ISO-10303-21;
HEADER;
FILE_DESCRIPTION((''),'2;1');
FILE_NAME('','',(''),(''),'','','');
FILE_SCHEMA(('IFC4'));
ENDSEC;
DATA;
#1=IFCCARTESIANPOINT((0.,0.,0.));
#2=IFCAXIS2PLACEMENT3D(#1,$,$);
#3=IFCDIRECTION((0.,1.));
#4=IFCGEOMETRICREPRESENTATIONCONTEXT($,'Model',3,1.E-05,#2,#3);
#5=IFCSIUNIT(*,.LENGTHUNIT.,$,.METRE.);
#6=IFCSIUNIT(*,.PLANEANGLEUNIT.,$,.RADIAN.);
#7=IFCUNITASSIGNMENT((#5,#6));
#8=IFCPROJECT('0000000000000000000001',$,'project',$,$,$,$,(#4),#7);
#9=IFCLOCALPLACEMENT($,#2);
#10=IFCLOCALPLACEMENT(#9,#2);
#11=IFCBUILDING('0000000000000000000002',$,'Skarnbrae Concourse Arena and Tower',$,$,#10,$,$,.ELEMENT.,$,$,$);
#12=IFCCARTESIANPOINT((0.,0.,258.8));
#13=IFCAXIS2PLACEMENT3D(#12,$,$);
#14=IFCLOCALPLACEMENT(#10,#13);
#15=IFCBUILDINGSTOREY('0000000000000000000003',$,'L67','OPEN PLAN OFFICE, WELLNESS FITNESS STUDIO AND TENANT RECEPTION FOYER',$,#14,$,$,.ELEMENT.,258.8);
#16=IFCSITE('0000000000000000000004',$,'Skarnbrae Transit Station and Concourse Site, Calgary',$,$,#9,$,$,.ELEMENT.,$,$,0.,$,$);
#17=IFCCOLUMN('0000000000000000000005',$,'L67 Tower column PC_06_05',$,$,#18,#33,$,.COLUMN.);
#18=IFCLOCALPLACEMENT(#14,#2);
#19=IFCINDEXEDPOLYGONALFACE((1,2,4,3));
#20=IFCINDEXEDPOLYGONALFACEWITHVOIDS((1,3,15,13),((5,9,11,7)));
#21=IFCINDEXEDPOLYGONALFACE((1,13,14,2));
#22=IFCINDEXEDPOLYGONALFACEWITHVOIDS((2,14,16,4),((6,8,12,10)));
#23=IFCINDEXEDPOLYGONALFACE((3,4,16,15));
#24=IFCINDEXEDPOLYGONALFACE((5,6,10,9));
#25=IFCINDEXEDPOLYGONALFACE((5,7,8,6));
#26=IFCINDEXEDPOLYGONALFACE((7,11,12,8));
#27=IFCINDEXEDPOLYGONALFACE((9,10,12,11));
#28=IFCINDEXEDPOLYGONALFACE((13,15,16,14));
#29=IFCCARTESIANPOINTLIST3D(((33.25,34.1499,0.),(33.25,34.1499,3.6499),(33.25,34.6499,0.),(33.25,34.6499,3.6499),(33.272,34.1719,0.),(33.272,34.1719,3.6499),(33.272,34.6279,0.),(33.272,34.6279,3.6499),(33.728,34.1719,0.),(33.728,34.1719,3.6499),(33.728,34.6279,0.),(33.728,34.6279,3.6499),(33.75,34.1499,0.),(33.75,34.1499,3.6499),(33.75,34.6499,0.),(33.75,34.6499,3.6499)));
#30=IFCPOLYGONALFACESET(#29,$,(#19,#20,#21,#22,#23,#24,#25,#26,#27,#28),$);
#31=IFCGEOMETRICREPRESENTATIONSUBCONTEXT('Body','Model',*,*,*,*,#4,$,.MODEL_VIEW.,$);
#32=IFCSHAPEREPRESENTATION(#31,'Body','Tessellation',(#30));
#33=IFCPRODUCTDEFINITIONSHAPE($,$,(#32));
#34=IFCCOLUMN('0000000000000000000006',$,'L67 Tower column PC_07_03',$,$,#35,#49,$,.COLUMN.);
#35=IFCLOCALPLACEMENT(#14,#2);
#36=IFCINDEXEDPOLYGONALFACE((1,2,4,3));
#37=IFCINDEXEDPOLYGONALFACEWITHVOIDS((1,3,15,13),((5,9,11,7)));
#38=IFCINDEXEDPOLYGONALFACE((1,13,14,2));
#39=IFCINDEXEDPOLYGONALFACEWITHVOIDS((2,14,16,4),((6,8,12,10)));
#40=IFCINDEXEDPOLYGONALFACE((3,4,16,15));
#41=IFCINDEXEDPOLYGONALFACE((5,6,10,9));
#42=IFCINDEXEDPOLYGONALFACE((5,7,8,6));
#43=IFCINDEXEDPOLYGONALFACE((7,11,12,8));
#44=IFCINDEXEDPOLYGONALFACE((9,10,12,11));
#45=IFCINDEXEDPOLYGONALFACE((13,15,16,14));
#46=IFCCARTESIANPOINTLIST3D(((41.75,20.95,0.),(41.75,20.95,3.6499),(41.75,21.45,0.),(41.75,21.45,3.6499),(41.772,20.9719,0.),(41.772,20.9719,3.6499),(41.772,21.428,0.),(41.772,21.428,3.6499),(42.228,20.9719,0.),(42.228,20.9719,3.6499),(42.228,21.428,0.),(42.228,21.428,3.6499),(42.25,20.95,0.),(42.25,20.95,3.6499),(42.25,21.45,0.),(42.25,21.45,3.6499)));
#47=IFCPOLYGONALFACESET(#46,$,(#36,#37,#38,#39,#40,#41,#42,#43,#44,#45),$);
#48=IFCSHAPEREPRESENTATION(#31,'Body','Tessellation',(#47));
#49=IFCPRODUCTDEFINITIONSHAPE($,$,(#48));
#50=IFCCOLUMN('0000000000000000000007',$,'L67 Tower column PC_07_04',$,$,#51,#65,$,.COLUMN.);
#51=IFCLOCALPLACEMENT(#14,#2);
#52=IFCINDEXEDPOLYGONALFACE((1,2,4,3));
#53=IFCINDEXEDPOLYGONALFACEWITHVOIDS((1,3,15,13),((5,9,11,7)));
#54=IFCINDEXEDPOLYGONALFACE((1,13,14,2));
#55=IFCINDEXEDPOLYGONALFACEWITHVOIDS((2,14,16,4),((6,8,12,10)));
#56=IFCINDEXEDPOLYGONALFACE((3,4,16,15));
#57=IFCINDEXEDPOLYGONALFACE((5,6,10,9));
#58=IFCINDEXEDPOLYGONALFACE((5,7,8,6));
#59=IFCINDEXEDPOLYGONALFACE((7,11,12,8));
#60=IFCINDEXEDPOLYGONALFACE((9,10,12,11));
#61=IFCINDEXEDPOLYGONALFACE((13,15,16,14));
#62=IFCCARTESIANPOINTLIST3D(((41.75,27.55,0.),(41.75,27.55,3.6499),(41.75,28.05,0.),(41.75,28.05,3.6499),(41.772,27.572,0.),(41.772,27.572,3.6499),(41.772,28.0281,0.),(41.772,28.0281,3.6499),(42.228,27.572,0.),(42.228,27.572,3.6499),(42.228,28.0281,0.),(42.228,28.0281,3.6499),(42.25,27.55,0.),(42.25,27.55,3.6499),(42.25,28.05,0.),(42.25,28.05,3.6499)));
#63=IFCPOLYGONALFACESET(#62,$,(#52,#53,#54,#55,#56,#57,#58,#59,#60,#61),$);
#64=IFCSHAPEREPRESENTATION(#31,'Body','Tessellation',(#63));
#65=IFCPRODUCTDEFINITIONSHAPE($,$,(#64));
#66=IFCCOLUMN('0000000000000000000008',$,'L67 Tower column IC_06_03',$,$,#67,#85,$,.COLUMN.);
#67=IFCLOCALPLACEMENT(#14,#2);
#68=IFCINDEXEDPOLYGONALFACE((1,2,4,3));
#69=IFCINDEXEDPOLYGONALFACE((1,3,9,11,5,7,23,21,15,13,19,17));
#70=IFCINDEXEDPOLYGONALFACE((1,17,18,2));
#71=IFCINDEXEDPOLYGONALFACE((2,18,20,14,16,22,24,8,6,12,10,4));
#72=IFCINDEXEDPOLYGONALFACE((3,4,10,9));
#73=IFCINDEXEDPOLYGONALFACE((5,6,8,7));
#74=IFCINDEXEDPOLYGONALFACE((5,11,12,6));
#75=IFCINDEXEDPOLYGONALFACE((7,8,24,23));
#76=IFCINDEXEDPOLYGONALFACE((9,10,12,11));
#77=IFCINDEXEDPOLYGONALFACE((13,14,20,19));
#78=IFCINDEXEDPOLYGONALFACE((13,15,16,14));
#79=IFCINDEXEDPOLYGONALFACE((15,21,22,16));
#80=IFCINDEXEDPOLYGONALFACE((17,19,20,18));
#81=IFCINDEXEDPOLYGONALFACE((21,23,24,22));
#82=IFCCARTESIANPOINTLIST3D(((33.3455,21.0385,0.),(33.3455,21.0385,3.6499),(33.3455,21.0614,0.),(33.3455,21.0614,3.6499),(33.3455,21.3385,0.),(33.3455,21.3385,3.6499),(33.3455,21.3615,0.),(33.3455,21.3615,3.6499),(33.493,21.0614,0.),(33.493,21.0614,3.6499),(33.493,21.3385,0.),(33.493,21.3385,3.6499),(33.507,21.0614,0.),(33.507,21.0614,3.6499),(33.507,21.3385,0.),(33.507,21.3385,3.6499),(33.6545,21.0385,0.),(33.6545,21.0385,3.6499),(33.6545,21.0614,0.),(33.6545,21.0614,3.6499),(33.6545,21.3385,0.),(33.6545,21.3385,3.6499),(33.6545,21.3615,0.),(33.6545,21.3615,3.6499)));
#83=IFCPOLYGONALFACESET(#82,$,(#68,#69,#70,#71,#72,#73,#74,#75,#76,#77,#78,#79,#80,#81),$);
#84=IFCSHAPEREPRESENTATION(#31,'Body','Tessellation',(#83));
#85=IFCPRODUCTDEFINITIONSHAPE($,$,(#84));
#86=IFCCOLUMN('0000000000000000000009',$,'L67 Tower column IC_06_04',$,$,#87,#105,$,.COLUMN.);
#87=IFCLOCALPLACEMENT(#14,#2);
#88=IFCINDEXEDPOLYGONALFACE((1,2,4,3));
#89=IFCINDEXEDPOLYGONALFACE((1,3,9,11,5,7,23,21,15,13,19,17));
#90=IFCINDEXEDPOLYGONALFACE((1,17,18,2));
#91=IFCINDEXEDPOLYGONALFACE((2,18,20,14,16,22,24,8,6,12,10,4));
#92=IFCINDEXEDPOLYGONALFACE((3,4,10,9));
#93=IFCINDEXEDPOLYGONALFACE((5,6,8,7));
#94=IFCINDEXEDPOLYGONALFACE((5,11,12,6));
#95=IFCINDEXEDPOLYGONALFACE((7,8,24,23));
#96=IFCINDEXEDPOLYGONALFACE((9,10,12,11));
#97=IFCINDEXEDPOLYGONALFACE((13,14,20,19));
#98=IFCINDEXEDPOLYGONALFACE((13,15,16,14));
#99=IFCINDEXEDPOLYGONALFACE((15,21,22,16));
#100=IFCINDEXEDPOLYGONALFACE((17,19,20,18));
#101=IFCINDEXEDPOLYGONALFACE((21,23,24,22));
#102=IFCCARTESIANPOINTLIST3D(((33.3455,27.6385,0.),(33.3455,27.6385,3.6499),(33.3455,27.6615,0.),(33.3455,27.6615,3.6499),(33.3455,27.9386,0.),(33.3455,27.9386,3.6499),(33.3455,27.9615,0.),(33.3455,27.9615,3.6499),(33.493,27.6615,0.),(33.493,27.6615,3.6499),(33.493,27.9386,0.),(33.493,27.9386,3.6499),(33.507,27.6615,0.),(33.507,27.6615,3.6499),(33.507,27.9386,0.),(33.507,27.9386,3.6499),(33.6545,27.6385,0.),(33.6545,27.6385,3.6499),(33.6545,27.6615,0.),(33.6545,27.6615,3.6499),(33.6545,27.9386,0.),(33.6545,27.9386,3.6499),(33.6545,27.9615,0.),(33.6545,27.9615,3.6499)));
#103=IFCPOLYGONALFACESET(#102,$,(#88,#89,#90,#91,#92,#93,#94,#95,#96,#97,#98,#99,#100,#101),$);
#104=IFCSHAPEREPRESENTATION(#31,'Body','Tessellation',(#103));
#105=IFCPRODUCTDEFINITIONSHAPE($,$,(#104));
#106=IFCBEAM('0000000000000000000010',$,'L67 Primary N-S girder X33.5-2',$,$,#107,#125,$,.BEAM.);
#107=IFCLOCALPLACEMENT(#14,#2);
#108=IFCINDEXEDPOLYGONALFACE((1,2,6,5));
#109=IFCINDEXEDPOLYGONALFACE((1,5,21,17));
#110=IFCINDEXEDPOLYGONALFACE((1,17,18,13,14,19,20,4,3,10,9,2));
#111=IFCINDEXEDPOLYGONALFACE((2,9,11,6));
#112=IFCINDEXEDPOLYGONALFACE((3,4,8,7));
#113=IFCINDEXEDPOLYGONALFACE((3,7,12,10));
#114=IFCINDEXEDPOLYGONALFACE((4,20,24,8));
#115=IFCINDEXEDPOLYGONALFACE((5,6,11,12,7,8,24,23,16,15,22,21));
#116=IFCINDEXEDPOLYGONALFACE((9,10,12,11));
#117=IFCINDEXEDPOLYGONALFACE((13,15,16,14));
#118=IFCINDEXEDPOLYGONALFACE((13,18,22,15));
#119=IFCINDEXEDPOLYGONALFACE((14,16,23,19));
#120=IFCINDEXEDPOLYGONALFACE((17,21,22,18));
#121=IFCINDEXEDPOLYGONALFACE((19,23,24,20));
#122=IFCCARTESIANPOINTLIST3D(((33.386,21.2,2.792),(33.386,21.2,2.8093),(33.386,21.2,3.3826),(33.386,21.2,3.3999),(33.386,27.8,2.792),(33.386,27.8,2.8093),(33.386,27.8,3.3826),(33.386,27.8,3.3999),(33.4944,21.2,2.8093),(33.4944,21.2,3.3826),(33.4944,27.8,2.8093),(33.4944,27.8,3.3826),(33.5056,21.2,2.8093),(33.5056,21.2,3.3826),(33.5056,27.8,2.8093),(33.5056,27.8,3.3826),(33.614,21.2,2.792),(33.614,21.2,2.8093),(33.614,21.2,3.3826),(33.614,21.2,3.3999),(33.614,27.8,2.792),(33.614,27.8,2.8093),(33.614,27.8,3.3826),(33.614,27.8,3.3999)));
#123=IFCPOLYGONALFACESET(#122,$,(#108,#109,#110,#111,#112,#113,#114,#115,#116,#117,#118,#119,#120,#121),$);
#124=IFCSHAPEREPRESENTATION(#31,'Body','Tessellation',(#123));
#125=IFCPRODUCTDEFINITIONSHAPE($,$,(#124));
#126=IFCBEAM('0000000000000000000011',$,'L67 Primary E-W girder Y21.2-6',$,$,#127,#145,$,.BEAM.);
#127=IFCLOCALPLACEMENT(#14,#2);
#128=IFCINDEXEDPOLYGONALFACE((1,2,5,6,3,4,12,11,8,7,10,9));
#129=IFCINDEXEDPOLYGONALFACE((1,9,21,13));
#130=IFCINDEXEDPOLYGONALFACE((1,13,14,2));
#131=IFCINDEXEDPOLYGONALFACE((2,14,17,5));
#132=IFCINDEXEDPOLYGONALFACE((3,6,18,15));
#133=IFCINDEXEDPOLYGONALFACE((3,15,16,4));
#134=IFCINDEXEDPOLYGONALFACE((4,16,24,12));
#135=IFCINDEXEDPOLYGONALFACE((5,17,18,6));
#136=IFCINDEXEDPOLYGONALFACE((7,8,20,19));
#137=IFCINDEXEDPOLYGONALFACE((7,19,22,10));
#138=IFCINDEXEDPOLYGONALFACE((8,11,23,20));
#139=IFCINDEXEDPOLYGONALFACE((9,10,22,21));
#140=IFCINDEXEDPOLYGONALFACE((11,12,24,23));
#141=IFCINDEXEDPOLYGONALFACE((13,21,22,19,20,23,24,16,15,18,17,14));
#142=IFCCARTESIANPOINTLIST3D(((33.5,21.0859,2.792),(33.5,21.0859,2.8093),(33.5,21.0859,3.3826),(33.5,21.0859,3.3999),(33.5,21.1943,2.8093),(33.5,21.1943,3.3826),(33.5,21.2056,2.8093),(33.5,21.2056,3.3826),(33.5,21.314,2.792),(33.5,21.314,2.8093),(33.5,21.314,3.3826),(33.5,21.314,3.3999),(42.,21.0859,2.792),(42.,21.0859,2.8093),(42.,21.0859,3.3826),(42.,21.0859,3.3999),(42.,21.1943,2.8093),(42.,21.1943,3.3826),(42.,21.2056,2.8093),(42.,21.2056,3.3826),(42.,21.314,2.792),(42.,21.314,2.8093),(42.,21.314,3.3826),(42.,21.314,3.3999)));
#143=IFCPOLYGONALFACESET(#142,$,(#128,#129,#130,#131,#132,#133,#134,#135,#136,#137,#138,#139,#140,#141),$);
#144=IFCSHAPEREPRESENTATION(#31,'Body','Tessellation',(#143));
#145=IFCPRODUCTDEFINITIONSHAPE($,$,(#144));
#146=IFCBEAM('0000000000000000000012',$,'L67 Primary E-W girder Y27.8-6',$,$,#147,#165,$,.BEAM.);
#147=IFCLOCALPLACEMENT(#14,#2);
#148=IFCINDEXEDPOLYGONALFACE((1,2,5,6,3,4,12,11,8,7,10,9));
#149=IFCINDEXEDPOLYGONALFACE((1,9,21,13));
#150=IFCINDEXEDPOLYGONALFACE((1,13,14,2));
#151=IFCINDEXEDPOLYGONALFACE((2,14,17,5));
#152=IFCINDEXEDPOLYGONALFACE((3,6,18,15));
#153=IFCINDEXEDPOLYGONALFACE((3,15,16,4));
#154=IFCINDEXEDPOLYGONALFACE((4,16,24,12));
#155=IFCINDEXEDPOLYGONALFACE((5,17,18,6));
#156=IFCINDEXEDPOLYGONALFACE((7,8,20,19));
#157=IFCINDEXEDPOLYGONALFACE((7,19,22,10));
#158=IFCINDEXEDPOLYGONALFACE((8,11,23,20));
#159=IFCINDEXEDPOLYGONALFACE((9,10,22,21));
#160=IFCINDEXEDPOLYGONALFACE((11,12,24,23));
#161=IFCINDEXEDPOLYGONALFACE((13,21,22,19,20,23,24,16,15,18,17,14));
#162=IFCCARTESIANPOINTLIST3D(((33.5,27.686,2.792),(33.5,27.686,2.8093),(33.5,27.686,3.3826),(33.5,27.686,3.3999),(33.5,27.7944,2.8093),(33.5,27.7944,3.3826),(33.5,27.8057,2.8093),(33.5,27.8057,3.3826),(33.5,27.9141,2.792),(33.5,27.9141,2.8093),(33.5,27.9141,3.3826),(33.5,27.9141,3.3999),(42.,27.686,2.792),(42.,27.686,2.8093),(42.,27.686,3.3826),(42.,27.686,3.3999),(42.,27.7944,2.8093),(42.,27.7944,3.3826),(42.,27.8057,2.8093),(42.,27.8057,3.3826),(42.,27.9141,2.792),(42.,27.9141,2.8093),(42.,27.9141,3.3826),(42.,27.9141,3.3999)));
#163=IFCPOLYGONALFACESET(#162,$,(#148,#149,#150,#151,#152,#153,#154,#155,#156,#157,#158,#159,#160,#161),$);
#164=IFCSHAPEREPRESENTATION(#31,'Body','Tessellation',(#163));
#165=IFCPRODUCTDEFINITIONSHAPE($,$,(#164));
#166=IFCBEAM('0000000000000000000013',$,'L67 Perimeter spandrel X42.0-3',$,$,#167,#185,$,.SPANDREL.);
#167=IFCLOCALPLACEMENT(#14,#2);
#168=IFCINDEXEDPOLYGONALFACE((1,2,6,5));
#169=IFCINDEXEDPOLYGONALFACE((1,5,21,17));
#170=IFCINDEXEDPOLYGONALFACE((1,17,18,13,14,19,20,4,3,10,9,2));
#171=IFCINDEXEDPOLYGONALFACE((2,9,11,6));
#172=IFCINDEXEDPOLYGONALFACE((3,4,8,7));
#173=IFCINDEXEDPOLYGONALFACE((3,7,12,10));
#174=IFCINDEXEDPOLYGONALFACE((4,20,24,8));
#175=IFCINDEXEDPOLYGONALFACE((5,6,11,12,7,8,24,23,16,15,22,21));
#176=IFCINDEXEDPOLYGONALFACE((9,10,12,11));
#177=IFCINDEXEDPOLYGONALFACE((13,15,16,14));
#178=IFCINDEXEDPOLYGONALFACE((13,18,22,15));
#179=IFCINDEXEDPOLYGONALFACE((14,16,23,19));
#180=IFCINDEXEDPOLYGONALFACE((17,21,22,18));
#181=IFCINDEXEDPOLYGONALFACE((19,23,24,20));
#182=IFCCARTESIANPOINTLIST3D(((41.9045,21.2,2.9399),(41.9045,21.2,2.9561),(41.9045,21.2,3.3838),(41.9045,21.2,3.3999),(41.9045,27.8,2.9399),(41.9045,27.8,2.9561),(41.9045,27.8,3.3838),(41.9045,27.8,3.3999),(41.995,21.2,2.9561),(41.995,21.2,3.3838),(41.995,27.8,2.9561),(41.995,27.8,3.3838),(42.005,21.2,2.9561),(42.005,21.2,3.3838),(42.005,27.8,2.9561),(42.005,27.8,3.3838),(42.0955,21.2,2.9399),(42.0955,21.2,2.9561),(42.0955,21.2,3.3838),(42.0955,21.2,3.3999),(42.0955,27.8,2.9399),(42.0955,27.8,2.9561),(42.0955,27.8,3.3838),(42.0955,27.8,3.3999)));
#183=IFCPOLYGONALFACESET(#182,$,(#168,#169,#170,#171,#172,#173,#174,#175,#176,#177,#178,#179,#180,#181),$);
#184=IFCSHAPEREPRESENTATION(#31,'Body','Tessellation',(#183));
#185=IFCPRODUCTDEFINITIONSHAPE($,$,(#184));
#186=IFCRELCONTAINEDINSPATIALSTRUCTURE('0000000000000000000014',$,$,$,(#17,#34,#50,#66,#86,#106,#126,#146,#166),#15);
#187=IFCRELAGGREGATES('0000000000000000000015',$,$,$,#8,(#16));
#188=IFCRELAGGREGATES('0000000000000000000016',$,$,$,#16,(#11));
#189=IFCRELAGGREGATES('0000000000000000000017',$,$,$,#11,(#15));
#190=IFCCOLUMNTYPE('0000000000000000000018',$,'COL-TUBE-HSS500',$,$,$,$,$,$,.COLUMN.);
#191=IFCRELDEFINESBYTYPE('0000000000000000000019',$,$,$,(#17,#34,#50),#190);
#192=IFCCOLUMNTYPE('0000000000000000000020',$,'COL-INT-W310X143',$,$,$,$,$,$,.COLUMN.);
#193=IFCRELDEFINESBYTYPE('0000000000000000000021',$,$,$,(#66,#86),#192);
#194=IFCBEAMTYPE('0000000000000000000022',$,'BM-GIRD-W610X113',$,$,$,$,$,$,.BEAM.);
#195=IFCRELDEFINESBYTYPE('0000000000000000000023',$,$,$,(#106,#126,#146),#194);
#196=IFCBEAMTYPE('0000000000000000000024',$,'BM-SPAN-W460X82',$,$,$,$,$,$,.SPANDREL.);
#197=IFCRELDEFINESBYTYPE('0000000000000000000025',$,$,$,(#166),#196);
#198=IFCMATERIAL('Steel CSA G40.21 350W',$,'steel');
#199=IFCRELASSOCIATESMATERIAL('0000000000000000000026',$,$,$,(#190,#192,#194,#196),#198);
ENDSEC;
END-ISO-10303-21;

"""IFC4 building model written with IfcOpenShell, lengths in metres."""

from ifc_helpers import new_model, si_unit, direction, frame, origin, origin_2d, place, context, subcontext, project, spatial, hollow_rectangle, i_section, extrude, source, transform, mapped, material, material_profile, profile_set, type_object, element, save


model = new_model("IFC4")

# Units and contexts
model_context = context("Model", 3, precision=1e-05, world=origin(), true_north=direction((0.0, 1.0)))
body_context = subcontext(model_context, "Body", "Model", "MODEL_VIEW")
ifc_project = project(units=[si_unit("LENGTHUNIT", "METRE"), si_unit("PLANEANGLEUNIT", "RADIAN")], contexts=[model_context])

# Site, building, storey
site_placement = place(None, origin())
site = spatial("IfcSite", under=ifc_project, at=site_placement, Name="Skarnbrae Transit Station and Concourse Site, Calgary", CompositionType="ELEMENT", RefElevation=0.0)
building_placement = place(site_placement, origin())
building = spatial("IfcBuilding", under=site, at=building_placement, Name="Skarnbrae Concourse Arena and Tower", CompositionType="ELEMENT")
storey_placement = place(building_placement, frame((0.0, 0.0, 258.8)))
storey = spatial("IfcBuildingStorey", under=building, at=storey_placement, Name="L67", Description="OPEN PLAN OFFICE, WELLNESS FITNESS STUDIO AND TENANT RECEPTION FOYER", CompositionType="ELEMENT", Elevation=258.8)

# Columns
ifc_material_1 = material(Name="Steel CSA G40.21 350W", Category="steel")
ifc_material_profile_1 = material_profile(ifc_material_1, hollow_rectangle(XDim=0.5, YDim=0.5, WallThickness=0.022, at=origin_2d()), Name="HSS500X500X22.0")
ifc_profile_set_1 = profile_set([ifc_material_profile_1], Name="Steel CSA G40.21 350W")
column_type_1 = type_object("IfcColumnType", Name="COL-TUBE-HSS500", PredefinedType="COLUMN", material=ifc_profile_set_1)
shared_shape_1 = source(origin(), body_context, "Body", "SweptSolid", [
    extrude(hollow_rectangle(XDim=0.5, YDim=0.5, WallThickness=0.022, at=origin_2d()), origin(), (0.0, 0.0, 1.0), 3.6499),
])
for number, where, z_axis, x_axis, name in (
    (1, (33.5, 34.3999, 0.0), (0.0, 0.0, 1.0), (1.0, 0.0, 0.0), "L67 Tower column PC_06_05"),
    (2, (42.0, 21.2, 0.0), (0.0, 0.0, 1.0), (1.0, 0.0, 0.0), "L67 Tower column PC_07_03"),
    (3, (42.0, 27.8, 0.0), (0.0, 0.0, 1.0), (1.0, 0.0, 0.0), "L67 Tower column PC_07_04"),
):
    element("IfcColumn", number, at=place(storey_placement, frame(where, z_axis=z_axis, x_axis=x_axis)), inside=storey, type_object=column_type_1, Name=name, PredefinedType="COLUMN", context=body_context, shape_type="MappedRepresentation", body=[
        mapped(shared_shape_1, transform((0.0, 0.0, 0.0))),
    ])
ifc_material_profile_2 = material_profile(ifc_material_1, i_section(OverallWidth=0.3091, OverallDepth=0.323, WebThickness=0.0139, FlangeThickness=0.0229, at=origin_2d()), Name="W310X143")
ifc_profile_set_2 = profile_set([ifc_material_profile_2], Name="Steel CSA G40.21 350W")
column_type_2 = type_object("IfcColumnType", Name="COL-INT-W310X143", PredefinedType="COLUMN", material=ifc_profile_set_2)
shared_shape_2 = source(origin(), body_context, "Body", "SweptSolid", [
    extrude(i_section(OverallWidth=0.3091, OverallDepth=0.323, WebThickness=0.0139, FlangeThickness=0.0229, at=origin_2d()), origin(), (0.0, 0.0, 1.0), 3.6499),
])
for number, where, z_axis, x_axis, name in (
    (4, (33.5, 21.2, 0.0), (0.0, 0.0, 1.0), (1.0, 0.0, 0.0), "L67 Tower column IC_06_03"),
    (5, (33.5, 27.8, 0.0), (0.0, 0.0, 1.0), (1.0, 0.0, 0.0), "L67 Tower column IC_06_04"),
):
    element("IfcColumn", number, at=place(storey_placement, frame(where, z_axis=z_axis, x_axis=x_axis)), inside=storey, type_object=column_type_2, Name=name, PredefinedType="COLUMN", context=body_context, shape_type="MappedRepresentation", body=[
        mapped(shared_shape_2, transform((0.0, 0.0, 0.0))),
    ])

# Beams
ifc_material_profile_3 = material_profile(ifc_material_1, i_section(OverallWidth=0.228, OverallDepth=0.6079, WebThickness=0.0112, FlangeThickness=0.0173, at=origin_2d()), Name="W610X113")
ifc_profile_set_3 = profile_set([ifc_material_profile_3], Name="Steel CSA G40.21 350W")
beam_type_1 = type_object("IfcBeamType", Name="BM-GIRD-W610X113", PredefinedType="BEAM", material=ifc_profile_set_3)
shared_shape_3 = source(origin(), body_context, "Body", "SweptSolid", [
    extrude(i_section(OverallWidth=0.228, OverallDepth=0.6079, WebThickness=0.0112, FlangeThickness=0.0173, at=origin_2d()), origin(), (0.0, 0.0, 1.0), 6.6001),
])
beam_1_placement = place(storey_placement, frame((33.5, 21.2, 3.0959), z_axis=(0.0, 1.0, 0.0), x_axis=(-1.0, 0.0, 0.0)))
element("IfcBeam", 6, at=beam_1_placement, inside=storey, type_object=beam_type_1, Name="L67 Primary N-S girder X33.5-2", PredefinedType="BEAM", context=body_context, shape_type="MappedRepresentation", body=[
    mapped(shared_shape_3, transform((0.0, 0.0, 0.0))),
])
shared_shape_4 = source(origin(), body_context, "Body", "SweptSolid", [
    extrude(i_section(OverallWidth=0.228, OverallDepth=0.6079, WebThickness=0.0112, FlangeThickness=0.0173, at=origin_2d()), origin(), (0.0, 0.0, 1.0), 8.5),
])
for number, where, z_axis, x_axis, name in (
    (7, (33.5, 21.2, 3.0959), (1.0, 0.0, 0.0), (0.0, 1.0, 0.0), "L67 Primary E-W girder Y21.2-6"),
    (8, (33.5, 27.8, 3.0959), (1.0, 0.0, 0.0), (0.0, 1.0, 0.0), "L67 Primary E-W girder Y27.8-6"),
):
    element("IfcBeam", number, at=place(storey_placement, frame(where, z_axis=z_axis, x_axis=x_axis)), inside=storey, type_object=beam_type_1, Name=name, PredefinedType="BEAM", context=body_context, shape_type="MappedRepresentation", body=[
        mapped(shared_shape_4, transform((0.0, 0.0, 0.0))),
    ])
ifc_material_profile_4 = material_profile(ifc_material_1, i_section(OverallWidth=0.1909, OverallDepth=0.46, WebThickness=0.01, FlangeThickness=0.0161, at=origin_2d()), Name="W460X82")
ifc_profile_set_4 = profile_set([ifc_material_profile_4], Name="Steel CSA G40.21 350W")
beam_type_2 = type_object("IfcBeamType", Name="BM-SPAN-W460X82", PredefinedType="SPANDREL", material=ifc_profile_set_4)
shared_shape_5 = source(origin(), body_context, "Body", "SweptSolid", [
    extrude(i_section(OverallWidth=0.1909, OverallDepth=0.46, WebThickness=0.01, FlangeThickness=0.0161, at=origin_2d()), origin(), (0.0, 0.0, 1.0), 6.6001),
])
beam_2_placement = place(storey_placement, frame((42.0, 21.2, 3.1699), z_axis=(0.0, 1.0, 0.0), x_axis=(-1.0, 0.0, 0.0)))
element("IfcBeam", 9, at=beam_2_placement, inside=storey, type_object=beam_type_2, Name="L67 Perimeter spandrel X42.0-3", PredefinedType="SPANDREL", context=body_context, shape_type="MappedRepresentation", body=[
    mapped(shared_shape_5, transform((0.0, 0.0, 0.0))),
])

save(model, "model.ifc")
